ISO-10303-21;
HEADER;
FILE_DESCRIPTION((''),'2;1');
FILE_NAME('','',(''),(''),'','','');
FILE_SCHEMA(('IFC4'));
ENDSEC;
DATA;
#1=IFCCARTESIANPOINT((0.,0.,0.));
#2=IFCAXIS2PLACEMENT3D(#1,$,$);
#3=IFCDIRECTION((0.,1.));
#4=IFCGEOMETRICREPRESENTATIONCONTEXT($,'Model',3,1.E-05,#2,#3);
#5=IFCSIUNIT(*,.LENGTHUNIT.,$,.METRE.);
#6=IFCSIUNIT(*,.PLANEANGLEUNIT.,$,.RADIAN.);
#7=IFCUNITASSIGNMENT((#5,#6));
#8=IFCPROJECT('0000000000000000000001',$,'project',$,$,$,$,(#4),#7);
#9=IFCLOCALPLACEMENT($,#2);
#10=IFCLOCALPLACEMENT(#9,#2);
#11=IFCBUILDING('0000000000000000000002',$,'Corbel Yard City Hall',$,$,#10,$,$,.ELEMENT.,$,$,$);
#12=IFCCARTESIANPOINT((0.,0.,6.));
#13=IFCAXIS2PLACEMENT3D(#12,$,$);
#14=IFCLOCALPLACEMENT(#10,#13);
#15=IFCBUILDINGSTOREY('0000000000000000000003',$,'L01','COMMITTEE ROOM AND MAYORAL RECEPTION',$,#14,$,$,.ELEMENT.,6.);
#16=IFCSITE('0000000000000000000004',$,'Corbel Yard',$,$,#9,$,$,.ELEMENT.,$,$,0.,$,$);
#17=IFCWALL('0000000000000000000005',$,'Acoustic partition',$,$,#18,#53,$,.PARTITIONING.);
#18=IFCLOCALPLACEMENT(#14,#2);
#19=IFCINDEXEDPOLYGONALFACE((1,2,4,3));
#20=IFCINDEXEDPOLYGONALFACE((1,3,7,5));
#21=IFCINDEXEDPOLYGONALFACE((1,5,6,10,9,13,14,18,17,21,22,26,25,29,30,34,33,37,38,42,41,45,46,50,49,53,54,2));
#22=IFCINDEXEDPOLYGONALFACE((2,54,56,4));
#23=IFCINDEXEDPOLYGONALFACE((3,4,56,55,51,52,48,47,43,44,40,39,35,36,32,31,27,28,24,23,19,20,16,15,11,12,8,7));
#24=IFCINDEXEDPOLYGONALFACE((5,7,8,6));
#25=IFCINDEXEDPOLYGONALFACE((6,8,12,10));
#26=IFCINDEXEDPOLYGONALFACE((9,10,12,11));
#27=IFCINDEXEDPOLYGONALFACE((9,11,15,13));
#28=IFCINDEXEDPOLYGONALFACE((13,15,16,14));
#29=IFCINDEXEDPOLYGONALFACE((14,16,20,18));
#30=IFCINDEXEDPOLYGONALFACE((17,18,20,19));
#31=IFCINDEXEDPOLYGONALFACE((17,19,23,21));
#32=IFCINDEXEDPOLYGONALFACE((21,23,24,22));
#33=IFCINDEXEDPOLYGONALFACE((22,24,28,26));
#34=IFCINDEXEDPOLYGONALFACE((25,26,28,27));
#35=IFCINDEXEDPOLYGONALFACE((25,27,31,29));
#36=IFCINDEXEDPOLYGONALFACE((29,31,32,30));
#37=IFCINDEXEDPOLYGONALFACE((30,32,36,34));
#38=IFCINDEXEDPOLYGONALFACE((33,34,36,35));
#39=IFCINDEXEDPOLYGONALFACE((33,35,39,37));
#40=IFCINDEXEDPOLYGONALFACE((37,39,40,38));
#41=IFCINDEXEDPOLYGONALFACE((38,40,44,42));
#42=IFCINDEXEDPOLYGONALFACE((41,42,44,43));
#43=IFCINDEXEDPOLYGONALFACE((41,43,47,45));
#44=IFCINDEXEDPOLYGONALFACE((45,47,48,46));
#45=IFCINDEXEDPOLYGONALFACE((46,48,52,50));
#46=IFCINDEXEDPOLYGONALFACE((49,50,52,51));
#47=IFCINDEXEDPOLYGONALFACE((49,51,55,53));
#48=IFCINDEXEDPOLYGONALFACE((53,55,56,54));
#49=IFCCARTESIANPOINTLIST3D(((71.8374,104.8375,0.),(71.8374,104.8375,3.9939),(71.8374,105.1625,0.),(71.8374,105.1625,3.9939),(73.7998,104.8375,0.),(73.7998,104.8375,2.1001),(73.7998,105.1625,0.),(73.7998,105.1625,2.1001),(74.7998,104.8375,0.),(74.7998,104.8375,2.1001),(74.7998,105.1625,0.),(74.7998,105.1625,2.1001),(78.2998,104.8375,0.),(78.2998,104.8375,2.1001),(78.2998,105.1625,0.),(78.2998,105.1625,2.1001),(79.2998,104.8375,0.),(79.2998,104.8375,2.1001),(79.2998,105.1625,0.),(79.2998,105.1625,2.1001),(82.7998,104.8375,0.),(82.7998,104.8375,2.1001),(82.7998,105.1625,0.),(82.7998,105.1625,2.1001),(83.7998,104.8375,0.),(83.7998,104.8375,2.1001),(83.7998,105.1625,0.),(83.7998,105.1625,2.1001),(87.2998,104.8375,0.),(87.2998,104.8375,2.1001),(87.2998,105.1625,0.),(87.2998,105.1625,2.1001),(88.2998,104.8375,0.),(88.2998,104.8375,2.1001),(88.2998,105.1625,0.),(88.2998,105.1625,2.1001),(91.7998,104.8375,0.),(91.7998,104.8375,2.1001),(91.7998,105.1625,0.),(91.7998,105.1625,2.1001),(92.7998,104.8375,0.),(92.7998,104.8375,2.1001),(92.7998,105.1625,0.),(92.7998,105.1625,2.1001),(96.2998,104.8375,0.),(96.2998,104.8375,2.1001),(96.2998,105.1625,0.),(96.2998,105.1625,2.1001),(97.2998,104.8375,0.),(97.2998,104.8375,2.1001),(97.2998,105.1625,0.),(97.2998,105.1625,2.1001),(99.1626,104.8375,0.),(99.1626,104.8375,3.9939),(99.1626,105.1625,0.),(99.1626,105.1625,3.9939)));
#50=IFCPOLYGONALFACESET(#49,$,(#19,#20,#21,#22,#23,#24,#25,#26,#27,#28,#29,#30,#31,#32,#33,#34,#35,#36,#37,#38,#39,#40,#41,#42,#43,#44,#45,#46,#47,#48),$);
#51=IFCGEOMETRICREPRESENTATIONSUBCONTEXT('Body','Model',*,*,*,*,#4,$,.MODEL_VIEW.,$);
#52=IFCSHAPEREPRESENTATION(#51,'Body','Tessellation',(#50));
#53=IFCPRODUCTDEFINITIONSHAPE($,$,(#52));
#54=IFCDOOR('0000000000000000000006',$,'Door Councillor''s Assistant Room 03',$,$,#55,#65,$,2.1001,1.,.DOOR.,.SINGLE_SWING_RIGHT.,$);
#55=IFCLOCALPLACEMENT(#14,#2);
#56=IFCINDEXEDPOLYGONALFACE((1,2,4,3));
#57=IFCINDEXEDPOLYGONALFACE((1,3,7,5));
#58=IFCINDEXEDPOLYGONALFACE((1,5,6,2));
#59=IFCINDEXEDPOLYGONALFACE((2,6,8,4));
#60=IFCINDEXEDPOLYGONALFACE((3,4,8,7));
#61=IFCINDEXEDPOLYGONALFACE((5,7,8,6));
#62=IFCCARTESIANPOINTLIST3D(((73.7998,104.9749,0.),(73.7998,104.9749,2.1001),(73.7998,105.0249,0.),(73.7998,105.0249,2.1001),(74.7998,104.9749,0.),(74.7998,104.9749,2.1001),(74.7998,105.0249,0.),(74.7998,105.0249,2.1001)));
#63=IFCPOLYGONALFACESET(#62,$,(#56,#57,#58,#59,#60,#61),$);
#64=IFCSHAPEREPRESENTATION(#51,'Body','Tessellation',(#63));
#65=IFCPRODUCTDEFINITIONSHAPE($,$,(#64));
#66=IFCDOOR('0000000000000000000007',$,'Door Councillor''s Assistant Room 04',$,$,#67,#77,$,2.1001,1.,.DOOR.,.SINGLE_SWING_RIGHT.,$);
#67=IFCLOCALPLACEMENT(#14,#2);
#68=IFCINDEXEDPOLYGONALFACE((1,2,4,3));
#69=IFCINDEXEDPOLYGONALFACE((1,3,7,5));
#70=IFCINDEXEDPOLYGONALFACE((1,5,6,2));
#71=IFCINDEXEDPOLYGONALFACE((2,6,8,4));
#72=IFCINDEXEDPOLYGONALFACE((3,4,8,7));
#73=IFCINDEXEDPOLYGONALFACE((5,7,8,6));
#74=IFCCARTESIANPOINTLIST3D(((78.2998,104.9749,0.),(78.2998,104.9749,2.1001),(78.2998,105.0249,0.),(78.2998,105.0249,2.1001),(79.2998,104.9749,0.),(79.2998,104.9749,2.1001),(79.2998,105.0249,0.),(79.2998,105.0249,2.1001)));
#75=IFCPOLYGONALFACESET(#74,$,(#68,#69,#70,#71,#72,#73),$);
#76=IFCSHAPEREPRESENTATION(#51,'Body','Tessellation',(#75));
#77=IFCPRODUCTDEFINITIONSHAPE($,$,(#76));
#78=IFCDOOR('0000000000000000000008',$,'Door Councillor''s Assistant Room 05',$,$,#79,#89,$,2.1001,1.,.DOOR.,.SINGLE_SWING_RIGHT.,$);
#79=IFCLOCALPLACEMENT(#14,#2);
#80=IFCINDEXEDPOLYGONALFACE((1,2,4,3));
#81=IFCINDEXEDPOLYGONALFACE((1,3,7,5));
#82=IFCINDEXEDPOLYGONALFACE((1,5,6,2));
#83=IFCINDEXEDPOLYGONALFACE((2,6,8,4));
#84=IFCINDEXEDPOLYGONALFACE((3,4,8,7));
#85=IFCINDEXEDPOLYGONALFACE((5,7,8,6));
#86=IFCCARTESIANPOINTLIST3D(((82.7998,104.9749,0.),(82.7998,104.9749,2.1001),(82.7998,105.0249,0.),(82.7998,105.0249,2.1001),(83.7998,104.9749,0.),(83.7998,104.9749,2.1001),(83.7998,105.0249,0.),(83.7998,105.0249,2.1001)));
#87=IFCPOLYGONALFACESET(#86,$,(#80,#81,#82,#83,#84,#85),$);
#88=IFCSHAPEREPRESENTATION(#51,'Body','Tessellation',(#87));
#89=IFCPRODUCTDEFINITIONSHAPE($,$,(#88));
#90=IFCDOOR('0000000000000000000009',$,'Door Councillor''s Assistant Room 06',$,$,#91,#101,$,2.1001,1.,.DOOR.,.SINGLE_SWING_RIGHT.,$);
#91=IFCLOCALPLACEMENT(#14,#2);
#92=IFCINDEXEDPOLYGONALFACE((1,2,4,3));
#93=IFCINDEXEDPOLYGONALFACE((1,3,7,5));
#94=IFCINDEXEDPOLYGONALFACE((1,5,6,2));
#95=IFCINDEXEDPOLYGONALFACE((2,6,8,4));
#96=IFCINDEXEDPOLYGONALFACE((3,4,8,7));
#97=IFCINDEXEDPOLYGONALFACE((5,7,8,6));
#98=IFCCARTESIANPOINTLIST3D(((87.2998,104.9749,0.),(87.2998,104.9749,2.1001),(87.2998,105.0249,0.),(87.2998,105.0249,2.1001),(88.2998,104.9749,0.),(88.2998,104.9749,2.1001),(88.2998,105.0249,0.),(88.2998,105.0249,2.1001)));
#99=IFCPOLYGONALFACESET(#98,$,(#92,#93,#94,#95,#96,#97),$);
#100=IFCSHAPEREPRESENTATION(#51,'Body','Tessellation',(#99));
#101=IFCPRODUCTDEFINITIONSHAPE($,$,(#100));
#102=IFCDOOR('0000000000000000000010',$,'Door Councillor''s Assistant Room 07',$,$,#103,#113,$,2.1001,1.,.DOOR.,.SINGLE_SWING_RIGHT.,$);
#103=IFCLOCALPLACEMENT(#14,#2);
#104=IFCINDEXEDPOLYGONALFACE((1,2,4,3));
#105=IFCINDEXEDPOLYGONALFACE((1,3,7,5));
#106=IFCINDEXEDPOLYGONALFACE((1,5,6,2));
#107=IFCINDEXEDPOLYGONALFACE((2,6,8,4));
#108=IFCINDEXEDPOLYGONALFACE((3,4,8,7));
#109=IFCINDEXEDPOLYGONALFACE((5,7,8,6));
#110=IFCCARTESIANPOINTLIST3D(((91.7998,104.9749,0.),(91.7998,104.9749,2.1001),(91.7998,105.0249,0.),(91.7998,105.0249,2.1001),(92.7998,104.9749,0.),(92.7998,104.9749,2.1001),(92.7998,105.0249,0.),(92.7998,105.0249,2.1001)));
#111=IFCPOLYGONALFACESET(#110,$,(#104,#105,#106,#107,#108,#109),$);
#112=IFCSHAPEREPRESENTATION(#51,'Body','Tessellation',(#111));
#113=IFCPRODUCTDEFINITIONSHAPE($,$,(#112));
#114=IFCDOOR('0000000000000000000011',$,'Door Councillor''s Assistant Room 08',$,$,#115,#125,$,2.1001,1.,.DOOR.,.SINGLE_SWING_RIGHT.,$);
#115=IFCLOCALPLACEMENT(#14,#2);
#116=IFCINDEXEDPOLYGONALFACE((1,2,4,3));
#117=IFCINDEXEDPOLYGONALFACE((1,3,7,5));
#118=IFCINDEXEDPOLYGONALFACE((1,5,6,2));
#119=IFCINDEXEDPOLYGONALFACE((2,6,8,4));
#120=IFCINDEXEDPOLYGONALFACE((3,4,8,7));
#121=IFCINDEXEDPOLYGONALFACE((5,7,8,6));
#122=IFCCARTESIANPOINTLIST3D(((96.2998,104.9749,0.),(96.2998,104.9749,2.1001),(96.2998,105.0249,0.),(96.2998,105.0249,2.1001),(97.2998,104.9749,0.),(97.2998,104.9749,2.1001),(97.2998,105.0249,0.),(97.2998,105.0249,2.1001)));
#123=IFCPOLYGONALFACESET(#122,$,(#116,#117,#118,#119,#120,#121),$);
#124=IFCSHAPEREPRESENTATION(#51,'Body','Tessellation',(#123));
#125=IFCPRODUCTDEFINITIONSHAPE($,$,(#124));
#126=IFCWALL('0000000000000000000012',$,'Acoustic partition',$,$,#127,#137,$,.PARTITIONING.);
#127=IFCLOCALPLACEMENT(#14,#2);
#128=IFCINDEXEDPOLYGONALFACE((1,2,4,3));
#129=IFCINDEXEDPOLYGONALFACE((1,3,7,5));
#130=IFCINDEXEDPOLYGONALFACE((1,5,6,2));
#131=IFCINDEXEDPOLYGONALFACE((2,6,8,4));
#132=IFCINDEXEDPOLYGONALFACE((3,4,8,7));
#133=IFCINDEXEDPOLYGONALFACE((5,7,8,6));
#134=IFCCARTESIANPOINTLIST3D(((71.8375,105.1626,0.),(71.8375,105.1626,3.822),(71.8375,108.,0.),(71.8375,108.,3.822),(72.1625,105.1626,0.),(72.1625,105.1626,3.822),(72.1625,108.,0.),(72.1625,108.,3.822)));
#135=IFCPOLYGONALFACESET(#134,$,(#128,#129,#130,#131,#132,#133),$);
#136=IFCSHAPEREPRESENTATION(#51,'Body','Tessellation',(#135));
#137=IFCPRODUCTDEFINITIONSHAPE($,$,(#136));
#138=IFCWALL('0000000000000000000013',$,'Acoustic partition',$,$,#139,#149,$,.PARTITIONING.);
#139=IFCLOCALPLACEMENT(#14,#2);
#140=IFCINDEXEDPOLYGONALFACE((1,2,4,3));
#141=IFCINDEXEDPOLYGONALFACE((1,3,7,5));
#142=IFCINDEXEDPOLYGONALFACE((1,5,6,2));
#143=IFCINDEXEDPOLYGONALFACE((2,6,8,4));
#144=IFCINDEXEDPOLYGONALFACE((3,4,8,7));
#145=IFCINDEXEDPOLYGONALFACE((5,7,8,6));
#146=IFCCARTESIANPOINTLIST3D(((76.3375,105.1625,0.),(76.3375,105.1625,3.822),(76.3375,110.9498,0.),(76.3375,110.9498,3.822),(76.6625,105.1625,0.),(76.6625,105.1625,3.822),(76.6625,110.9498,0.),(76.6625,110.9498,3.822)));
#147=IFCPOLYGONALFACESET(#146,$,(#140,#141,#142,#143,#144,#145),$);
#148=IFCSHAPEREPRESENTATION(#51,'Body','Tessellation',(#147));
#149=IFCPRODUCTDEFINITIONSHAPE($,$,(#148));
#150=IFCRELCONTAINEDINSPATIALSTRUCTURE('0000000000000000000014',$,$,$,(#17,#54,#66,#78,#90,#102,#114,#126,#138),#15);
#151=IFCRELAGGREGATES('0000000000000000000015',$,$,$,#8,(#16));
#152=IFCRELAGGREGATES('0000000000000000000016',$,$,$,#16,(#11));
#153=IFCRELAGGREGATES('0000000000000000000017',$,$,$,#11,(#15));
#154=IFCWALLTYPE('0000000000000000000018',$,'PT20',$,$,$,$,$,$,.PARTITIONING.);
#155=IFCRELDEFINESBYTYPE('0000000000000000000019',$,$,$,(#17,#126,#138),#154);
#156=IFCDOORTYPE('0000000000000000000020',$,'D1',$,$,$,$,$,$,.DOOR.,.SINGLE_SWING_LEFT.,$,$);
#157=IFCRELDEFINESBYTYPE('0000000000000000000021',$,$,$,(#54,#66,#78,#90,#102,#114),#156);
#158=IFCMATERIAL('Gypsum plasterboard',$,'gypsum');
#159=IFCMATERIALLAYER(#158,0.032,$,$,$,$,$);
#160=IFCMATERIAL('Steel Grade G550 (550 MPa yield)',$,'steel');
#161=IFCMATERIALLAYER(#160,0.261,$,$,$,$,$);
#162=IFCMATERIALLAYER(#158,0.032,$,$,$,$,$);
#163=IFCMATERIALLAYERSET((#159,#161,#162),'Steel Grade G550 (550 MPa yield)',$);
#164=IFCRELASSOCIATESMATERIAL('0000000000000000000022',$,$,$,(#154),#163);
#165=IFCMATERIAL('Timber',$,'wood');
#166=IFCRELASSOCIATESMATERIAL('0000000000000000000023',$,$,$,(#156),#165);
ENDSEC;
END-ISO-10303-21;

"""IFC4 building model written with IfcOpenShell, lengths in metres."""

from ifc_helpers import new_model, si_unit, direction, frame, frame_2d, origin, place, context, subcontext, project, spatial, rectangle, extrude, material, layer, layer_set, type_object, element, fill, save


model = new_model("IFC4")

# Units and contexts
model_context = context("Model", 3, precision=1e-05, world=origin(), true_north=direction((0.0, 1.0)))
body_context = subcontext(model_context, "Body", "Model", "MODEL_VIEW")
ifc_project = project(units=[si_unit("LENGTHUNIT", "METRE"), si_unit("PLANEANGLEUNIT", "RADIAN")], contexts=[model_context])

# Site, building, storey
site_placement = place(None, origin())
site = spatial("IfcSite", under=ifc_project, at=site_placement, Name="Corbel Yard", CompositionType="ELEMENT", RefElevation=0.0)
building_placement = place(site_placement, origin())
building = spatial("IfcBuilding", under=site, at=building_placement, Name="Corbel Yard City Hall", CompositionType="ELEMENT")
storey_placement = place(building_placement, frame((0.0, 0.0, 6.0)))
storey = spatial("IfcBuildingStorey", under=building, at=storey_placement, Name="L01", Description="COMMITTEE ROOM AND MAYORAL RECEPTION", CompositionType="ELEMENT", Elevation=6.0)

# Shared definitions
ifc_material_1 = material(Name="Gypsum plasterboard", Category="gypsum")
ifc_material_2 = material(Name="Steel Grade G550 (550 MPa yield)", Category="steel")
ifc_material_3 = material(Name="Timber", Category="wood")

# Wall, openings, doors
ifc_layer_1 = layer(ifc_material_1, 0.032)
ifc_layer_2 = layer(ifc_material_2, 0.261)
ifc_layer_3 = layer(ifc_material_1, 0.032)
ifc_layer_set_1 = layer_set([ifc_layer_1, ifc_layer_2, ifc_layer_3], Name="Steel Grade G550 (550 MPa yield)")
wall_type_1 = type_object("IfcWallType", Name="PT20", PredefinedType="PARTITIONING", material=ifc_layer_set_1)
wall_1_placement = place(storey_placement, frame((71.8374, 105.0, 0.0), z_axis=(0.0, 0.0, 1.0), x_axis=(1.0, 0.0, 0.0)))
wall_1 = element("IfcWall", 1, at=wall_1_placement, inside=storey, type_object=wall_type_1, Name="Acoustic partition", PredefinedType="PARTITIONING", context=body_context, shape_type="SweptSolid", body=[
    extrude(rectangle(XDim=27.3252, YDim=0.325, at=frame_2d((13.6626, 0.0))), origin(), (0.0, 0.0, 1.0), 3.9939),
])
opening_1_placement = place(wall_1_placement, frame((1.9624, 0.0, 0.0)))
opening_1 = element("IfcOpeningElement", 2, at=opening_1_placement, cuts=wall_1, PredefinedType="OPENING", context=body_context, shape_type="SweptSolid", body=[
    extrude(rectangle(XDim=1.0, YDim=2.1001, at=frame_2d((0.5, 1.05))), frame((0.0, 0.1724, 0.0), z_axis=(0.0, -1.0, 0.0), x_axis=(1.0, 0.0, 0.0)), (0.0, 0.0, 1.0), 0.345),
])
opening_2_placement = place(wall_1_placement, frame((6.4624, 0.0, 0.0)))
opening_2 = element("IfcOpeningElement", 3, at=opening_2_placement, cuts=wall_1, PredefinedType="OPENING", context=body_context, shape_type="SweptSolid", body=[
    extrude(rectangle(XDim=1.0, YDim=2.1001, at=frame_2d((0.5, 1.05))), frame((0.0, 0.1724, 0.0), z_axis=(0.0, -1.0, 0.0), x_axis=(1.0, 0.0, 0.0)), (0.0, 0.0, 1.0), 0.345),
])
opening_3_placement = place(wall_1_placement, frame((10.9624, 0.0, 0.0)))
opening_3 = element("IfcOpeningElement", 4, at=opening_3_placement, cuts=wall_1, PredefinedType="OPENING", context=body_context, shape_type="SweptSolid", body=[
    extrude(rectangle(XDim=1.0, YDim=2.1001, at=frame_2d((0.5, 1.05))), frame((0.0, 0.1724, 0.0), z_axis=(0.0, -1.0, 0.0), x_axis=(1.0, 0.0, 0.0)), (0.0, 0.0, 1.0), 0.345),
])
opening_4_placement = place(wall_1_placement, frame((15.4624, 0.0, 0.0)))
opening_4 = element("IfcOpeningElement", 5, at=opening_4_placement, cuts=wall_1, PredefinedType="OPENING", context=body_context, shape_type="SweptSolid", body=[
    extrude(rectangle(XDim=1.0, YDim=2.1001, at=frame_2d((0.5, 1.05))), frame((0.0, 0.1724, 0.0), z_axis=(0.0, -1.0, 0.0), x_axis=(1.0, 0.0, 0.0)), (0.0, 0.0, 1.0), 0.345),
])
opening_5_placement = place(wall_1_placement, frame((19.9624, 0.0, 0.0)))
opening_5 = element("IfcOpeningElement", 6, at=opening_5_placement, cuts=wall_1, PredefinedType="OPENING", context=body_context, shape_type="SweptSolid", body=[
    extrude(rectangle(XDim=1.0, YDim=2.1001, at=frame_2d((0.5, 1.05))), frame((0.0, 0.1724, 0.0), z_axis=(0.0, -1.0, 0.0), x_axis=(1.0, 0.0, 0.0)), (0.0, 0.0, 1.0), 0.345),
])
opening_6_placement = place(wall_1_placement, frame((24.4624, 0.0, 0.0)))
opening_6 = element("IfcOpeningElement", 7, at=opening_6_placement, cuts=wall_1, PredefinedType="OPENING", context=body_context, shape_type="SweptSolid", body=[
    extrude(rectangle(XDim=1.0, YDim=2.1001, at=frame_2d((0.5, 1.05))), frame((0.0, 0.1724, 0.0), z_axis=(0.0, -1.0, 0.0), x_axis=(1.0, 0.0, 0.0)), (0.0, 0.0, 1.0), 0.345),
])
door_type_1 = type_object("IfcDoorType", Name="D1", OperationType="SINGLE_SWING_LEFT", PredefinedType="DOOR", material=ifc_material_3)
door_1_placement = place(opening_1_placement, origin())
door_1 = element("IfcDoor", 8, at=door_1_placement, inside=storey, type_object=door_type_1, Name="Door Councillor's Assistant Room 03", OperationType="SINGLE_SWING_RIGHT", OverallHeight=2.1001, OverallWidth=1.0, PredefinedType="DOOR", context=body_context, shape_type="SweptSolid", body=[
    extrude(rectangle(XDim=1.0, YDim=2.1001, at=frame_2d((0.5, 1.05))), frame((0.0, 0.0249, 0.0), z_axis=(0.0, -1.0, 0.0), x_axis=(1.0, 0.0, 0.0)), (0.0, 0.0, 1.0), 0.05),
])
fill(opening_1, door_1)
door_2_placement = place(opening_2_placement, origin())
door_2 = element("IfcDoor", 9, at=door_2_placement, inside=storey, type_object=door_type_1, Name="Door Councillor's Assistant Room 04", OperationType="SINGLE_SWING_RIGHT", OverallHeight=2.1001, OverallWidth=1.0, PredefinedType="DOOR", context=body_context, shape_type="SweptSolid", body=[
    extrude(rectangle(XDim=1.0, YDim=2.1001, at=frame_2d((0.5, 1.05))), frame((0.0, 0.0249, 0.0), z_axis=(0.0, -1.0, 0.0), x_axis=(1.0, 0.0, 0.0)), (0.0, 0.0, 1.0), 0.05),
])
fill(opening_2, door_2)
door_3_placement = place(opening_3_placement, origin())
door_3 = element("IfcDoor", 10, at=door_3_placement, inside=storey, type_object=door_type_1, Name="Door Councillor's Assistant Room 05", OperationType="SINGLE_SWING_RIGHT", OverallHeight=2.1001, OverallWidth=1.0, PredefinedType="DOOR", context=body_context, shape_type="SweptSolid", body=[
    extrude(rectangle(XDim=1.0, YDim=2.1001, at=frame_2d((0.5, 1.05))), frame((0.0, 0.0249, 0.0), z_axis=(0.0, -1.0, 0.0), x_axis=(1.0, 0.0, 0.0)), (0.0, 0.0, 1.0), 0.05),
])
fill(opening_3, door_3)
door_4_placement = place(opening_4_placement, origin())
door_4 = element("IfcDoor", 11, at=door_4_placement, inside=storey, type_object=door_type_1, Name="Door Councillor's Assistant Room 06", OperationType="SINGLE_SWING_RIGHT", OverallHeight=2.1001, OverallWidth=1.0, PredefinedType="DOOR", context=body_context, shape_type="SweptSolid", body=[
    extrude(rectangle(XDim=1.0, YDim=2.1001, at=frame_2d((0.5, 1.05))), frame((0.0, 0.0249, 0.0), z_axis=(0.0, -1.0, 0.0), x_axis=(1.0, 0.0, 0.0)), (0.0, 0.0, 1.0), 0.05),
])
fill(opening_4, door_4)
door_5_placement = place(opening_5_placement, origin())
door_5 = element("IfcDoor", 12, at=door_5_placement, inside=storey, type_object=door_type_1, Name="Door Councillor's Assistant Room 07", OperationType="SINGLE_SWING_RIGHT", OverallHeight=2.1001, OverallWidth=1.0, PredefinedType="DOOR", context=body_context, shape_type="SweptSolid", body=[
    extrude(rectangle(XDim=1.0, YDim=2.1001, at=frame_2d((0.5, 1.05))), frame((0.0, 0.0249, 0.0), z_axis=(0.0, -1.0, 0.0), x_axis=(1.0, 0.0, 0.0)), (0.0, 0.0, 1.0), 0.05),
])
fill(opening_5, door_5)
door_6_placement = place(opening_6_placement, origin())
door_6 = element("IfcDoor", 13, at=door_6_placement, inside=storey, type_object=door_type_1, Name="Door Councillor's Assistant Room 08", OperationType="SINGLE_SWING_RIGHT", OverallHeight=2.1001, OverallWidth=1.0, PredefinedType="DOOR", context=body_context, shape_type="SweptSolid", body=[
    extrude(rectangle(XDim=1.0, YDim=2.1001, at=frame_2d((0.5, 1.05))), frame((0.0, 0.0249, 0.0), z_axis=(0.0, -1.0, 0.0), x_axis=(1.0, 0.0, 0.0)), (0.0, 0.0, 1.0), 0.05),
])
fill(opening_6, door_6)

# Walls
wall_2_placement = place(storey_placement, frame((72.0, 105.1626, 0.0), z_axis=(0.0, 0.0, 1.0), x_axis=(0.0, 1.0, 0.0)))
element("IfcWall", 14, at=wall_2_placement, inside=storey, type_object=wall_type_1, Name="Acoustic partition", PredefinedType="PARTITIONING", context=body_context, shape_type="SweptSolid", body=[
    extrude(rectangle(XDim=2.8374, YDim=0.325, at=frame_2d((1.4187, 0.0))), origin(), (0.0, 0.0, 1.0), 3.822),
])
wall_3_placement = place(storey_placement, frame((76.5, 105.1626, 0.0), z_axis=(0.0, 0.0, 1.0), x_axis=(0.0, 1.0, 0.0)))
element("IfcWall", 15, at=wall_3_placement, inside=storey, type_object=wall_type_1, Name="Acoustic partition", PredefinedType="PARTITIONING", context=body_context, shape_type="SweptSolid", body=[
    extrude(rectangle(XDim=5.7874, YDim=0.325, at=frame_2d((2.8936, 0.0))), origin(), (0.0, 0.0, 1.0), 3.822),
])

save(model, "model.ifc")
